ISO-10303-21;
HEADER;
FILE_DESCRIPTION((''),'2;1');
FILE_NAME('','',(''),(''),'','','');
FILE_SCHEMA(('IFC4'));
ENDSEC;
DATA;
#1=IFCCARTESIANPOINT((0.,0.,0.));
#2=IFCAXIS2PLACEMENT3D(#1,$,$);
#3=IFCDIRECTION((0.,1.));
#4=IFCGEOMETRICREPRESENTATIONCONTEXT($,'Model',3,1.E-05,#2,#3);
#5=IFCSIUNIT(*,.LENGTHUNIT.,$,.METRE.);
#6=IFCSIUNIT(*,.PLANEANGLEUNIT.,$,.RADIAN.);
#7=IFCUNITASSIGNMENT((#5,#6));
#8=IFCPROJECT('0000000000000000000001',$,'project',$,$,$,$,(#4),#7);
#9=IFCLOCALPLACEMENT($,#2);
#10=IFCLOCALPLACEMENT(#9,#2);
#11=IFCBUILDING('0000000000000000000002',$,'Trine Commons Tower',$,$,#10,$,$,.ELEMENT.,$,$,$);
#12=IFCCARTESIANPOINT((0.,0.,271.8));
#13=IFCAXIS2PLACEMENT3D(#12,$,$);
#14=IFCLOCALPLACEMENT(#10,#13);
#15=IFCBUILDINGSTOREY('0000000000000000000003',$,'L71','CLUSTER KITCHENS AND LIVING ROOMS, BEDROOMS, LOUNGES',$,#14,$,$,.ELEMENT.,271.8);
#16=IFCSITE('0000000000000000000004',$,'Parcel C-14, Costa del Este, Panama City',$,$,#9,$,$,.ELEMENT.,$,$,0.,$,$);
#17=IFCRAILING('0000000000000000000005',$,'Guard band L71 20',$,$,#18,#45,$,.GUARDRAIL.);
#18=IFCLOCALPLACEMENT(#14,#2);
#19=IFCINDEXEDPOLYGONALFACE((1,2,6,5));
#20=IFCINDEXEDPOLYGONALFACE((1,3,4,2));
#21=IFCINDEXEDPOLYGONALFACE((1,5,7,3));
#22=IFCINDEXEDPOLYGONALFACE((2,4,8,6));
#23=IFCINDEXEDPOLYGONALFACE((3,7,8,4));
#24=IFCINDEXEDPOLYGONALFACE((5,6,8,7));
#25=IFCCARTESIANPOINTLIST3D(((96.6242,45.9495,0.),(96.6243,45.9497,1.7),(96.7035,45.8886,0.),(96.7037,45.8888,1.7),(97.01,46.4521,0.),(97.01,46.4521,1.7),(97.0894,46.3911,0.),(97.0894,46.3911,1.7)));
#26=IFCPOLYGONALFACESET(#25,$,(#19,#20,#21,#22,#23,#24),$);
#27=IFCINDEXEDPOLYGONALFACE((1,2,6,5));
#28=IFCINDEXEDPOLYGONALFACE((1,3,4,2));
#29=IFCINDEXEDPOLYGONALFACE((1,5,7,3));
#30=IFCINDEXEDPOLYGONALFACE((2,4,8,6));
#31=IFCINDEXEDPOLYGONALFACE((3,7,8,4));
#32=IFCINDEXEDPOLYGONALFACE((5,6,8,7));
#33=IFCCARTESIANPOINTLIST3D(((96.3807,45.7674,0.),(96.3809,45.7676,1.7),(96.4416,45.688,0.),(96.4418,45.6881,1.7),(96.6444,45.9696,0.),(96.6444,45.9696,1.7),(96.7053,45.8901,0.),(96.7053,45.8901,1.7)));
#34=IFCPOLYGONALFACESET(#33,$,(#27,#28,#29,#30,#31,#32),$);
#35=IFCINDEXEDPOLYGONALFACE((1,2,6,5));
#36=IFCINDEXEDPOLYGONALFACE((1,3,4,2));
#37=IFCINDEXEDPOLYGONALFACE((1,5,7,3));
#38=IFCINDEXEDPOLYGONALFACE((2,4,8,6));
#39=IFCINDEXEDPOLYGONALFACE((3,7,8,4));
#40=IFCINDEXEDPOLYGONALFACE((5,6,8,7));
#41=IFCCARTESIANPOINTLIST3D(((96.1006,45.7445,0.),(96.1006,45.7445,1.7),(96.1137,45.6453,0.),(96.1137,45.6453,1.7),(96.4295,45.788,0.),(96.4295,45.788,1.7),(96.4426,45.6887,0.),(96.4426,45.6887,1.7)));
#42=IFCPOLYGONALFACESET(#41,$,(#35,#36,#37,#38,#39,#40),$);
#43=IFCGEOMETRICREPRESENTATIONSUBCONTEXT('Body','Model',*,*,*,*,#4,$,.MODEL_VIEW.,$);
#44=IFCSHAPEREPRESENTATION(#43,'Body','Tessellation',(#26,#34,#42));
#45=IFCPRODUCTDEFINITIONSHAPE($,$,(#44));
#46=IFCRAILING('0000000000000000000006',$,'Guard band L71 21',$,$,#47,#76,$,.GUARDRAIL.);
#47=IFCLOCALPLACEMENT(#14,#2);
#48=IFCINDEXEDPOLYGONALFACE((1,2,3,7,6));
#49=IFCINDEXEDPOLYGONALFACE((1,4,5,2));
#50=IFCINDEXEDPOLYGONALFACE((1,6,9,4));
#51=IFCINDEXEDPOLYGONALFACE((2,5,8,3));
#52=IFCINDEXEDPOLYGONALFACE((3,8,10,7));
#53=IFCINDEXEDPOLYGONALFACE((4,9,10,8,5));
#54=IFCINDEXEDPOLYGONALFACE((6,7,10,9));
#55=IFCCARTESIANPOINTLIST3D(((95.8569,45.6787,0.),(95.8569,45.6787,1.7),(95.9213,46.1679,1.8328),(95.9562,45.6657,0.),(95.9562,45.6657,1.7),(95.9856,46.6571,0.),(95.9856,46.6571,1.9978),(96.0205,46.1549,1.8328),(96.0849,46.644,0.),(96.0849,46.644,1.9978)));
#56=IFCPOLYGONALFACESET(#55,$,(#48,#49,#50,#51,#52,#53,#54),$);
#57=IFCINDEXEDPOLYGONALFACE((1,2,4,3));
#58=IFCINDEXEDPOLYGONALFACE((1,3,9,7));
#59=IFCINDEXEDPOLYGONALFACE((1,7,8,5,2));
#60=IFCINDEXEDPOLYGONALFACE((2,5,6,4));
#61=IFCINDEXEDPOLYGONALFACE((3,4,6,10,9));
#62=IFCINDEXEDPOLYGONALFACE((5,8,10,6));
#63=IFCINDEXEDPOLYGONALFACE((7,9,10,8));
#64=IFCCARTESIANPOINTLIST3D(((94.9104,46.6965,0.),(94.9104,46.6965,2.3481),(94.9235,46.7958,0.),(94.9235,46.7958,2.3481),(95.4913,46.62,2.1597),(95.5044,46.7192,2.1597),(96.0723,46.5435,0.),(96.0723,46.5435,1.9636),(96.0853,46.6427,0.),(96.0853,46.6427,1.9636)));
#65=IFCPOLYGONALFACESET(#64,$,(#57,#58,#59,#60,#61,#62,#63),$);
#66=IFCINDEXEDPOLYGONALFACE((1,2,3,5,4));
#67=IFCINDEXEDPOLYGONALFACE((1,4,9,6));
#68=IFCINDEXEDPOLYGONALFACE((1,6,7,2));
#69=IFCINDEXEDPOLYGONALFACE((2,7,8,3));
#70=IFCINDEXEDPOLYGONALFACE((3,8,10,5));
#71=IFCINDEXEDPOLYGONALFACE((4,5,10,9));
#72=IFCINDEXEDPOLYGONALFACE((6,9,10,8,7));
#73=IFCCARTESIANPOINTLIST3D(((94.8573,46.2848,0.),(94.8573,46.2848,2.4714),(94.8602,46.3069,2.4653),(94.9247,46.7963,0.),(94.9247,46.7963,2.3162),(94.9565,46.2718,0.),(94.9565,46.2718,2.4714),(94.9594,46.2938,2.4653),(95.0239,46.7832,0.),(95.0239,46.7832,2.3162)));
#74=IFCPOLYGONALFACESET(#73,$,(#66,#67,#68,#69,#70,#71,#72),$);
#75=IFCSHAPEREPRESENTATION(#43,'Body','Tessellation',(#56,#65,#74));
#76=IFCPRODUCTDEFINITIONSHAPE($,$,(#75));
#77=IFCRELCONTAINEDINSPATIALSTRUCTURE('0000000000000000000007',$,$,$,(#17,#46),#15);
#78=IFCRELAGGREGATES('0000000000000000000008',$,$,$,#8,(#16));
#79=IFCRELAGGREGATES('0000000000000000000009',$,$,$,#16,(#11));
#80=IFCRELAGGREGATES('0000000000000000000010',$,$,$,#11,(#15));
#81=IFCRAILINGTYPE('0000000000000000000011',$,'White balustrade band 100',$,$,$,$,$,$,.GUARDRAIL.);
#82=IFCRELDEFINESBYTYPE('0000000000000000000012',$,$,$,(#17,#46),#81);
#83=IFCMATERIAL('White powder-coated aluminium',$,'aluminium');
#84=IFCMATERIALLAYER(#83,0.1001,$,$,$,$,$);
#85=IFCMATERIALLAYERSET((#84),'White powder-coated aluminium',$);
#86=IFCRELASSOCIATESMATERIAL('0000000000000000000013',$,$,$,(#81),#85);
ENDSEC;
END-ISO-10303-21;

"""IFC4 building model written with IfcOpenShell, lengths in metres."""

from ifc_helpers import new_model, si_unit, direction, frame, origin, place, context, subcontext, project, spatial, polyline, outline, extrude, material, layer, layer_set, type_object, element, save


model = new_model("IFC4")

# Units and contexts
model_context = context("Model", 3, precision=1e-05, world=origin(), true_north=direction((0.0, 1.0)))
body_context = subcontext(model_context, "Body", "Model", "MODEL_VIEW")
ifc_project = project(units=[si_unit("LENGTHUNIT", "METRE"), si_unit("PLANEANGLEUNIT", "RADIAN")], contexts=[model_context])

# Site, building, storey
site_placement = place(None, origin())
site = spatial("IfcSite", under=ifc_project, at=site_placement, Name="Parcel C-14, Costa del Este, Panama City", CompositionType="ELEMENT", RefElevation=0.0)
building_placement = place(site_placement, origin())
building = spatial("IfcBuilding", under=site, at=building_placement, Name="Trine Commons Tower", CompositionType="ELEMENT")
storey_placement = place(building_placement, frame((0.0, 0.0, 271.8)))
storey = spatial("IfcBuildingStorey", under=building, at=storey_placement, Name="L71", Description="CLUSTER KITCHENS AND LIVING ROOMS, BEDROOMS, LOUNGES", CompositionType="ELEMENT", Elevation=271.8)

# Railings
ifc_material_1 = material(Name="White powder-coated aluminium", Category="aluminium")
ifc_layer_1 = layer(ifc_material_1, 0.1001)
ifc_layer_set_1 = layer_set([ifc_layer_1], Name="White powder-coated aluminium")
railing_type = type_object("IfcRailingType", Name="White balustrade band 100", PredefinedType="GUARDRAIL", material=ifc_layer_set_1)
railing_1_placement = place(storey_placement, origin())
element("IfcRailing", 1, at=railing_1_placement, inside=storey, type_object=railing_type, Name="Guard band L71 20", PredefinedType="GUARDRAIL", context=body_context, shape_type="SweptSolid", body=[
    extrude(outline(polyline([(0.0, 0.0), (0.6335, 0.0), (0.6333, 1.7), (0.0, 1.7), (0.0, 0.0)])), frame((97.0894, 46.3911, 0.0), z_axis=(-0.793197, 0.608965, 0.0), x_axis=(-0.608965, -0.793197, 0.0)), (0.0, 0.0, 1.0), 0.1001),
    extrude(outline(polyline([(0.0, 0.0), (0.3323, 0.0), (0.332, 1.7), (0.0, 1.7), (0.0, 0.0)])), frame((96.7053, 45.8901, 0.0), z_axis=(-0.608432, 0.793606, 0.0), x_axis=(-0.793606, -0.608432, 0.0)), (0.0, 0.0, 1.0), 0.1001),
    extrude(outline(polyline([(0.0, 0.0), (0.3318, 0.0), (0.3318, 1.7), (0.0, 1.7), (0.0, 0.0)])), frame((96.4426, 45.6887, 0.0), z_axis=(-0.131007, 0.991381, 0.0), x_axis=(-0.991381, -0.131007, 0.0)), (0.0, 0.0, 1.0), 0.1001),
])
railing_2_placement = place(storey_placement, origin())
element("IfcRailing", 2, at=railing_2_placement, inside=storey, type_object=railing_type, Name="Guard band L71 21", PredefinedType="GUARDRAIL", context=body_context, shape_type="SweptSolid", body=[
    extrude(outline(polyline([(0.0, 0.0), (0.9868, 0.0), (0.9868, 1.9978), (0.4934, 1.8328), (0.0, 1.7), (0.0, 0.0)])), frame((95.8569, 45.6787, 0.0), z_axis=(0.991462, -0.130397, 0.0), x_axis=(0.130397, 0.991462, 0.0)), (0.0, 0.0, 1.0), 0.1001),
    extrude(outline(polyline([(0.0, 0.0), (1.1719, 0.0), (1.1719, 2.3481), (0.5859, 2.1597), (0.0, 1.9636), (0.0, 0.0)])), frame((96.0723, 46.5435, 0.0), z_axis=(0.130622, 0.991432, 0.0), x_axis=(-0.991432, 0.130622, 0.0)), (0.0, 0.0, 1.0), 0.1001),
    extrude(outline(polyline([(0.0, 0.0), (0.5159, 0.0), (0.5159, 2.4714), (0.4937, 2.4653), (0.0, 2.3162), (0.0, 0.0)])), frame((95.0239, 46.7832, 0.0), z_axis=(-0.991433, 0.130614, 0.0), x_axis=(-0.130614, -0.991433, 0.0)), (0.0, 0.0, 1.0), 0.1001),
])

save(model, "model.ifc")
